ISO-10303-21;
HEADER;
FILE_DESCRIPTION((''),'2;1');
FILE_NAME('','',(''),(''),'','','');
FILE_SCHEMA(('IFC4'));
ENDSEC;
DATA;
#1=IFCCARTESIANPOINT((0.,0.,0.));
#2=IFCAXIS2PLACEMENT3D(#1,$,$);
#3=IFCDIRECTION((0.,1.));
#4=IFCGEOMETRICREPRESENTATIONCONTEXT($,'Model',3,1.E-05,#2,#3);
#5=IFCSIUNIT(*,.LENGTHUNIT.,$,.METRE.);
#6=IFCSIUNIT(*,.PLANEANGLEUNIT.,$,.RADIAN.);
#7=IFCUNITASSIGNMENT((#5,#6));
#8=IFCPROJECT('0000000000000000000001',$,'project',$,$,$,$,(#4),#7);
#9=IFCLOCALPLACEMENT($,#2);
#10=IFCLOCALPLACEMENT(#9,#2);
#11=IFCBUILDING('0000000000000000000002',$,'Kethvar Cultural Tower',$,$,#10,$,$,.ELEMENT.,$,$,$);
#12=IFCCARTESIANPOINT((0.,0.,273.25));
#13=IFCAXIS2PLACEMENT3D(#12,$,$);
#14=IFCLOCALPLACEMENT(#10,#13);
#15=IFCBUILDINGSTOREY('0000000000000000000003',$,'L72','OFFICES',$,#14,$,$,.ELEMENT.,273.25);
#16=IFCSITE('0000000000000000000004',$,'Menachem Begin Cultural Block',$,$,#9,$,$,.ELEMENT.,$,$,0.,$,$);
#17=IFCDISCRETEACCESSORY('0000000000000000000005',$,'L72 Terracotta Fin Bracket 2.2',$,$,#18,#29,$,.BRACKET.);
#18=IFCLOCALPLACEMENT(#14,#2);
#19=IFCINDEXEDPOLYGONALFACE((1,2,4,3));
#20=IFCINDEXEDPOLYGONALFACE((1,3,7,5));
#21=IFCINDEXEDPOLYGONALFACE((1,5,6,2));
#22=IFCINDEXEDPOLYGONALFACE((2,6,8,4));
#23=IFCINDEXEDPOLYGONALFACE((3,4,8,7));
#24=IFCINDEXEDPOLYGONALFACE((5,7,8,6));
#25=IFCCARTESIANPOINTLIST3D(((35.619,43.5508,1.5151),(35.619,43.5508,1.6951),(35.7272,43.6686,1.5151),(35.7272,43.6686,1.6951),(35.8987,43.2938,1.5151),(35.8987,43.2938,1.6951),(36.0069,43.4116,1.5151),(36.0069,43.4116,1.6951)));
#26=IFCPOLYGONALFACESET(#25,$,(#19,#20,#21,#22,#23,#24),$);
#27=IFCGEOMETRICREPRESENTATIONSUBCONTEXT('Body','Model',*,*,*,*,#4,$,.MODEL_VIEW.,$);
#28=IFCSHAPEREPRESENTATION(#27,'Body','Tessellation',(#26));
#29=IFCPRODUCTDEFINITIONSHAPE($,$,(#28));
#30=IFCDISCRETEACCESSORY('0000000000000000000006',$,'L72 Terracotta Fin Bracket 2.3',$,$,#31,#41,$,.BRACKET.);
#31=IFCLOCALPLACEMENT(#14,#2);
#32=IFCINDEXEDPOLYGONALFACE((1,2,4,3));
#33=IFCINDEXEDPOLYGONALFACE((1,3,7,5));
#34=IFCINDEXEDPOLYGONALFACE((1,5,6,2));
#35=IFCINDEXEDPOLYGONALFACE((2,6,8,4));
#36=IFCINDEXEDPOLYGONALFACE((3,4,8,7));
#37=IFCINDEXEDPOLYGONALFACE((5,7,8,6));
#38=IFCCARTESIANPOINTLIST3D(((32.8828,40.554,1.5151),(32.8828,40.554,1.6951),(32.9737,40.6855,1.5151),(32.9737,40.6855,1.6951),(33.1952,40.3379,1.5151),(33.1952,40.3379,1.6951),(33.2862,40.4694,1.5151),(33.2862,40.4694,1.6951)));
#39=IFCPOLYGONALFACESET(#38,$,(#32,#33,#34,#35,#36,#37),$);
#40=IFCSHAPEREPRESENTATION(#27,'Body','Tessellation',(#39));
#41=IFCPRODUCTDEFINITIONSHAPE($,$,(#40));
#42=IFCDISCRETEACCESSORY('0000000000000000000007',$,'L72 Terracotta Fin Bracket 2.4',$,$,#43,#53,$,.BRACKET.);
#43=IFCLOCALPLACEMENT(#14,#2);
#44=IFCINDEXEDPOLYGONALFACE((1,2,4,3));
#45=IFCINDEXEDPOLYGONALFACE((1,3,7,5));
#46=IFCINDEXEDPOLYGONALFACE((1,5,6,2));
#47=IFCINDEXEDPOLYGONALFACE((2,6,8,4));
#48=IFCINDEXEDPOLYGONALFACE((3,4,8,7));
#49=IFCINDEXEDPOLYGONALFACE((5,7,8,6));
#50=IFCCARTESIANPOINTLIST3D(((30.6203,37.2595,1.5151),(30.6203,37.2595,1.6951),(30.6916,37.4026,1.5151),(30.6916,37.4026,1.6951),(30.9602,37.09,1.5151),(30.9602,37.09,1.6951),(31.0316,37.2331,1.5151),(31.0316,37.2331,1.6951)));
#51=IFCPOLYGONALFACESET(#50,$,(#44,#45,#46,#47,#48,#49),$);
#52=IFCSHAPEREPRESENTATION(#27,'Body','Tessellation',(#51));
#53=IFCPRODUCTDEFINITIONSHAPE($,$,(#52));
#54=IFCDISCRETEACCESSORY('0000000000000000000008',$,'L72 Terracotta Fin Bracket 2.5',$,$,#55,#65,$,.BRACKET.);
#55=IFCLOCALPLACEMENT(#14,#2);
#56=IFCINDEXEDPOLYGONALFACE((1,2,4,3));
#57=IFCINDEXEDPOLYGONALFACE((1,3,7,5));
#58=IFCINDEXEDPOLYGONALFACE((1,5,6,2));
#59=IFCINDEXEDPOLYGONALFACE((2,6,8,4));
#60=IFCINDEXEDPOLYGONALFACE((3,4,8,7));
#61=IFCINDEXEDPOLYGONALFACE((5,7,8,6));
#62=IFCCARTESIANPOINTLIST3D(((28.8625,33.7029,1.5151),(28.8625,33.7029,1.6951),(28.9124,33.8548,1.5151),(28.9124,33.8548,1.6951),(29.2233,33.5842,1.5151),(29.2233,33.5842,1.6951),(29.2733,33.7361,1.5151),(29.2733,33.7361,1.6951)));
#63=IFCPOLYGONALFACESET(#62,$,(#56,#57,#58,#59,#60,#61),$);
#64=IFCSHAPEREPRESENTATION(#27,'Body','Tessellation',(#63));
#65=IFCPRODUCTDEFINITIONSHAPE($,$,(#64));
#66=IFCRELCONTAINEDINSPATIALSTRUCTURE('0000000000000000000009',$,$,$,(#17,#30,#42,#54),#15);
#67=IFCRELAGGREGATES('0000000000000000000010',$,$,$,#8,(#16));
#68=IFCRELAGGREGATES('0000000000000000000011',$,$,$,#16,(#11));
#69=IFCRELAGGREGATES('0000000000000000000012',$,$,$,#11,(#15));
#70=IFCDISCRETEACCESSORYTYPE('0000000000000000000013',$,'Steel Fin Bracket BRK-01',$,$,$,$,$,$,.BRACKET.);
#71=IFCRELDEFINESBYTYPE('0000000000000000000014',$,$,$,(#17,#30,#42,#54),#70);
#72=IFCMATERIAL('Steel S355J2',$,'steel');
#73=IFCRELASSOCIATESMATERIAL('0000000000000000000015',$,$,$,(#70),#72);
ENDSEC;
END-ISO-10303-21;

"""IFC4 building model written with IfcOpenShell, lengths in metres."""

from ifc_helpers import new_model, si_unit, direction, frame, origin, origin_2d, place, context, subcontext, project, spatial, rectangle, extrude, source, transform, mapped, material, type_object, element, save


model = new_model("IFC4")

# Units and contexts
model_context = context("Model", 3, precision=1e-05, world=origin(), true_north=direction((0.0, 1.0)))
body_context = subcontext(model_context, "Body", "Model", "MODEL_VIEW")
ifc_project = project(units=[si_unit("LENGTHUNIT", "METRE"), si_unit("PLANEANGLEUNIT", "RADIAN")], contexts=[model_context])

# Site, building, storey
site_placement = place(None, origin())
site = spatial("IfcSite", under=ifc_project, at=site_placement, Name="Menachem Begin Cultural Block", CompositionType="ELEMENT", RefElevation=0.0)
building_placement = place(site_placement, origin())
building = spatial("IfcBuilding", under=site, at=building_placement, Name="Kethvar Cultural Tower", CompositionType="ELEMENT")
storey_placement = place(building_placement, frame((0.0, 0.0, 273.25)))
storey = spatial("IfcBuildingStorey", under=building, at=storey_placement, Name="L72", Description="OFFICES", CompositionType="ELEMENT", Elevation=273.25)

# Shared definitions
ifc_material_1 = material(Name="Steel S355J2", Category="steel")

# Discrete accessories
discrete_accessory_type = type_object("IfcDiscreteAccessoryType", Name="Steel Fin Bracket BRK-01", PredefinedType="BRACKET", material=ifc_material_1)
shared_shape_1 = source(origin(), body_context, "Body", "SweptSolid", [
    extrude(rectangle(XDim=0.3799, YDim=0.1599, at=origin_2d()), origin(), (0.0, 0.0, 1.0), 0.1799),
])
for number, where, z_axis, x_axis, name in (
    (1, (35.813, 43.4812, 1.5151), (0.0, 0.0, 1.0), (-0.736333, 0.676619, 0.0), "L72 Terracotta Fin Bracket 2.2"),
    (2, (33.0845, 40.5117, 1.5151), (0.0, 0.0, 1.0), (-0.822442, 0.568849, 0.0), "L72 Terracotta Fin Bracket 2.3"),
    (3, (30.8259, 37.2463, 1.5151), (0.0, 0.0, 1.0), (-0.894934, 0.446198, 0.0), "L72 Terracotta Fin Bracket 2.4"),
    (4, (29.0679, 33.7195, 1.5151), (0.0, 0.0, 1.0), (-0.949918, 0.312501, 0.0), "L72 Terracotta Fin Bracket 2.5"),
):
    element("IfcDiscreteAccessory", number, at=place(storey_placement, frame(where, z_axis=z_axis, x_axis=x_axis)), inside=storey, type_object=discrete_accessory_type, Name=name, PredefinedType="BRACKET", context=body_context, shape_type="MappedRepresentation", body=[
        mapped(shared_shape_1, transform((0.0, 0.0, 0.0), scale=1.0)),
    ])

save(model, "model.ifc")
